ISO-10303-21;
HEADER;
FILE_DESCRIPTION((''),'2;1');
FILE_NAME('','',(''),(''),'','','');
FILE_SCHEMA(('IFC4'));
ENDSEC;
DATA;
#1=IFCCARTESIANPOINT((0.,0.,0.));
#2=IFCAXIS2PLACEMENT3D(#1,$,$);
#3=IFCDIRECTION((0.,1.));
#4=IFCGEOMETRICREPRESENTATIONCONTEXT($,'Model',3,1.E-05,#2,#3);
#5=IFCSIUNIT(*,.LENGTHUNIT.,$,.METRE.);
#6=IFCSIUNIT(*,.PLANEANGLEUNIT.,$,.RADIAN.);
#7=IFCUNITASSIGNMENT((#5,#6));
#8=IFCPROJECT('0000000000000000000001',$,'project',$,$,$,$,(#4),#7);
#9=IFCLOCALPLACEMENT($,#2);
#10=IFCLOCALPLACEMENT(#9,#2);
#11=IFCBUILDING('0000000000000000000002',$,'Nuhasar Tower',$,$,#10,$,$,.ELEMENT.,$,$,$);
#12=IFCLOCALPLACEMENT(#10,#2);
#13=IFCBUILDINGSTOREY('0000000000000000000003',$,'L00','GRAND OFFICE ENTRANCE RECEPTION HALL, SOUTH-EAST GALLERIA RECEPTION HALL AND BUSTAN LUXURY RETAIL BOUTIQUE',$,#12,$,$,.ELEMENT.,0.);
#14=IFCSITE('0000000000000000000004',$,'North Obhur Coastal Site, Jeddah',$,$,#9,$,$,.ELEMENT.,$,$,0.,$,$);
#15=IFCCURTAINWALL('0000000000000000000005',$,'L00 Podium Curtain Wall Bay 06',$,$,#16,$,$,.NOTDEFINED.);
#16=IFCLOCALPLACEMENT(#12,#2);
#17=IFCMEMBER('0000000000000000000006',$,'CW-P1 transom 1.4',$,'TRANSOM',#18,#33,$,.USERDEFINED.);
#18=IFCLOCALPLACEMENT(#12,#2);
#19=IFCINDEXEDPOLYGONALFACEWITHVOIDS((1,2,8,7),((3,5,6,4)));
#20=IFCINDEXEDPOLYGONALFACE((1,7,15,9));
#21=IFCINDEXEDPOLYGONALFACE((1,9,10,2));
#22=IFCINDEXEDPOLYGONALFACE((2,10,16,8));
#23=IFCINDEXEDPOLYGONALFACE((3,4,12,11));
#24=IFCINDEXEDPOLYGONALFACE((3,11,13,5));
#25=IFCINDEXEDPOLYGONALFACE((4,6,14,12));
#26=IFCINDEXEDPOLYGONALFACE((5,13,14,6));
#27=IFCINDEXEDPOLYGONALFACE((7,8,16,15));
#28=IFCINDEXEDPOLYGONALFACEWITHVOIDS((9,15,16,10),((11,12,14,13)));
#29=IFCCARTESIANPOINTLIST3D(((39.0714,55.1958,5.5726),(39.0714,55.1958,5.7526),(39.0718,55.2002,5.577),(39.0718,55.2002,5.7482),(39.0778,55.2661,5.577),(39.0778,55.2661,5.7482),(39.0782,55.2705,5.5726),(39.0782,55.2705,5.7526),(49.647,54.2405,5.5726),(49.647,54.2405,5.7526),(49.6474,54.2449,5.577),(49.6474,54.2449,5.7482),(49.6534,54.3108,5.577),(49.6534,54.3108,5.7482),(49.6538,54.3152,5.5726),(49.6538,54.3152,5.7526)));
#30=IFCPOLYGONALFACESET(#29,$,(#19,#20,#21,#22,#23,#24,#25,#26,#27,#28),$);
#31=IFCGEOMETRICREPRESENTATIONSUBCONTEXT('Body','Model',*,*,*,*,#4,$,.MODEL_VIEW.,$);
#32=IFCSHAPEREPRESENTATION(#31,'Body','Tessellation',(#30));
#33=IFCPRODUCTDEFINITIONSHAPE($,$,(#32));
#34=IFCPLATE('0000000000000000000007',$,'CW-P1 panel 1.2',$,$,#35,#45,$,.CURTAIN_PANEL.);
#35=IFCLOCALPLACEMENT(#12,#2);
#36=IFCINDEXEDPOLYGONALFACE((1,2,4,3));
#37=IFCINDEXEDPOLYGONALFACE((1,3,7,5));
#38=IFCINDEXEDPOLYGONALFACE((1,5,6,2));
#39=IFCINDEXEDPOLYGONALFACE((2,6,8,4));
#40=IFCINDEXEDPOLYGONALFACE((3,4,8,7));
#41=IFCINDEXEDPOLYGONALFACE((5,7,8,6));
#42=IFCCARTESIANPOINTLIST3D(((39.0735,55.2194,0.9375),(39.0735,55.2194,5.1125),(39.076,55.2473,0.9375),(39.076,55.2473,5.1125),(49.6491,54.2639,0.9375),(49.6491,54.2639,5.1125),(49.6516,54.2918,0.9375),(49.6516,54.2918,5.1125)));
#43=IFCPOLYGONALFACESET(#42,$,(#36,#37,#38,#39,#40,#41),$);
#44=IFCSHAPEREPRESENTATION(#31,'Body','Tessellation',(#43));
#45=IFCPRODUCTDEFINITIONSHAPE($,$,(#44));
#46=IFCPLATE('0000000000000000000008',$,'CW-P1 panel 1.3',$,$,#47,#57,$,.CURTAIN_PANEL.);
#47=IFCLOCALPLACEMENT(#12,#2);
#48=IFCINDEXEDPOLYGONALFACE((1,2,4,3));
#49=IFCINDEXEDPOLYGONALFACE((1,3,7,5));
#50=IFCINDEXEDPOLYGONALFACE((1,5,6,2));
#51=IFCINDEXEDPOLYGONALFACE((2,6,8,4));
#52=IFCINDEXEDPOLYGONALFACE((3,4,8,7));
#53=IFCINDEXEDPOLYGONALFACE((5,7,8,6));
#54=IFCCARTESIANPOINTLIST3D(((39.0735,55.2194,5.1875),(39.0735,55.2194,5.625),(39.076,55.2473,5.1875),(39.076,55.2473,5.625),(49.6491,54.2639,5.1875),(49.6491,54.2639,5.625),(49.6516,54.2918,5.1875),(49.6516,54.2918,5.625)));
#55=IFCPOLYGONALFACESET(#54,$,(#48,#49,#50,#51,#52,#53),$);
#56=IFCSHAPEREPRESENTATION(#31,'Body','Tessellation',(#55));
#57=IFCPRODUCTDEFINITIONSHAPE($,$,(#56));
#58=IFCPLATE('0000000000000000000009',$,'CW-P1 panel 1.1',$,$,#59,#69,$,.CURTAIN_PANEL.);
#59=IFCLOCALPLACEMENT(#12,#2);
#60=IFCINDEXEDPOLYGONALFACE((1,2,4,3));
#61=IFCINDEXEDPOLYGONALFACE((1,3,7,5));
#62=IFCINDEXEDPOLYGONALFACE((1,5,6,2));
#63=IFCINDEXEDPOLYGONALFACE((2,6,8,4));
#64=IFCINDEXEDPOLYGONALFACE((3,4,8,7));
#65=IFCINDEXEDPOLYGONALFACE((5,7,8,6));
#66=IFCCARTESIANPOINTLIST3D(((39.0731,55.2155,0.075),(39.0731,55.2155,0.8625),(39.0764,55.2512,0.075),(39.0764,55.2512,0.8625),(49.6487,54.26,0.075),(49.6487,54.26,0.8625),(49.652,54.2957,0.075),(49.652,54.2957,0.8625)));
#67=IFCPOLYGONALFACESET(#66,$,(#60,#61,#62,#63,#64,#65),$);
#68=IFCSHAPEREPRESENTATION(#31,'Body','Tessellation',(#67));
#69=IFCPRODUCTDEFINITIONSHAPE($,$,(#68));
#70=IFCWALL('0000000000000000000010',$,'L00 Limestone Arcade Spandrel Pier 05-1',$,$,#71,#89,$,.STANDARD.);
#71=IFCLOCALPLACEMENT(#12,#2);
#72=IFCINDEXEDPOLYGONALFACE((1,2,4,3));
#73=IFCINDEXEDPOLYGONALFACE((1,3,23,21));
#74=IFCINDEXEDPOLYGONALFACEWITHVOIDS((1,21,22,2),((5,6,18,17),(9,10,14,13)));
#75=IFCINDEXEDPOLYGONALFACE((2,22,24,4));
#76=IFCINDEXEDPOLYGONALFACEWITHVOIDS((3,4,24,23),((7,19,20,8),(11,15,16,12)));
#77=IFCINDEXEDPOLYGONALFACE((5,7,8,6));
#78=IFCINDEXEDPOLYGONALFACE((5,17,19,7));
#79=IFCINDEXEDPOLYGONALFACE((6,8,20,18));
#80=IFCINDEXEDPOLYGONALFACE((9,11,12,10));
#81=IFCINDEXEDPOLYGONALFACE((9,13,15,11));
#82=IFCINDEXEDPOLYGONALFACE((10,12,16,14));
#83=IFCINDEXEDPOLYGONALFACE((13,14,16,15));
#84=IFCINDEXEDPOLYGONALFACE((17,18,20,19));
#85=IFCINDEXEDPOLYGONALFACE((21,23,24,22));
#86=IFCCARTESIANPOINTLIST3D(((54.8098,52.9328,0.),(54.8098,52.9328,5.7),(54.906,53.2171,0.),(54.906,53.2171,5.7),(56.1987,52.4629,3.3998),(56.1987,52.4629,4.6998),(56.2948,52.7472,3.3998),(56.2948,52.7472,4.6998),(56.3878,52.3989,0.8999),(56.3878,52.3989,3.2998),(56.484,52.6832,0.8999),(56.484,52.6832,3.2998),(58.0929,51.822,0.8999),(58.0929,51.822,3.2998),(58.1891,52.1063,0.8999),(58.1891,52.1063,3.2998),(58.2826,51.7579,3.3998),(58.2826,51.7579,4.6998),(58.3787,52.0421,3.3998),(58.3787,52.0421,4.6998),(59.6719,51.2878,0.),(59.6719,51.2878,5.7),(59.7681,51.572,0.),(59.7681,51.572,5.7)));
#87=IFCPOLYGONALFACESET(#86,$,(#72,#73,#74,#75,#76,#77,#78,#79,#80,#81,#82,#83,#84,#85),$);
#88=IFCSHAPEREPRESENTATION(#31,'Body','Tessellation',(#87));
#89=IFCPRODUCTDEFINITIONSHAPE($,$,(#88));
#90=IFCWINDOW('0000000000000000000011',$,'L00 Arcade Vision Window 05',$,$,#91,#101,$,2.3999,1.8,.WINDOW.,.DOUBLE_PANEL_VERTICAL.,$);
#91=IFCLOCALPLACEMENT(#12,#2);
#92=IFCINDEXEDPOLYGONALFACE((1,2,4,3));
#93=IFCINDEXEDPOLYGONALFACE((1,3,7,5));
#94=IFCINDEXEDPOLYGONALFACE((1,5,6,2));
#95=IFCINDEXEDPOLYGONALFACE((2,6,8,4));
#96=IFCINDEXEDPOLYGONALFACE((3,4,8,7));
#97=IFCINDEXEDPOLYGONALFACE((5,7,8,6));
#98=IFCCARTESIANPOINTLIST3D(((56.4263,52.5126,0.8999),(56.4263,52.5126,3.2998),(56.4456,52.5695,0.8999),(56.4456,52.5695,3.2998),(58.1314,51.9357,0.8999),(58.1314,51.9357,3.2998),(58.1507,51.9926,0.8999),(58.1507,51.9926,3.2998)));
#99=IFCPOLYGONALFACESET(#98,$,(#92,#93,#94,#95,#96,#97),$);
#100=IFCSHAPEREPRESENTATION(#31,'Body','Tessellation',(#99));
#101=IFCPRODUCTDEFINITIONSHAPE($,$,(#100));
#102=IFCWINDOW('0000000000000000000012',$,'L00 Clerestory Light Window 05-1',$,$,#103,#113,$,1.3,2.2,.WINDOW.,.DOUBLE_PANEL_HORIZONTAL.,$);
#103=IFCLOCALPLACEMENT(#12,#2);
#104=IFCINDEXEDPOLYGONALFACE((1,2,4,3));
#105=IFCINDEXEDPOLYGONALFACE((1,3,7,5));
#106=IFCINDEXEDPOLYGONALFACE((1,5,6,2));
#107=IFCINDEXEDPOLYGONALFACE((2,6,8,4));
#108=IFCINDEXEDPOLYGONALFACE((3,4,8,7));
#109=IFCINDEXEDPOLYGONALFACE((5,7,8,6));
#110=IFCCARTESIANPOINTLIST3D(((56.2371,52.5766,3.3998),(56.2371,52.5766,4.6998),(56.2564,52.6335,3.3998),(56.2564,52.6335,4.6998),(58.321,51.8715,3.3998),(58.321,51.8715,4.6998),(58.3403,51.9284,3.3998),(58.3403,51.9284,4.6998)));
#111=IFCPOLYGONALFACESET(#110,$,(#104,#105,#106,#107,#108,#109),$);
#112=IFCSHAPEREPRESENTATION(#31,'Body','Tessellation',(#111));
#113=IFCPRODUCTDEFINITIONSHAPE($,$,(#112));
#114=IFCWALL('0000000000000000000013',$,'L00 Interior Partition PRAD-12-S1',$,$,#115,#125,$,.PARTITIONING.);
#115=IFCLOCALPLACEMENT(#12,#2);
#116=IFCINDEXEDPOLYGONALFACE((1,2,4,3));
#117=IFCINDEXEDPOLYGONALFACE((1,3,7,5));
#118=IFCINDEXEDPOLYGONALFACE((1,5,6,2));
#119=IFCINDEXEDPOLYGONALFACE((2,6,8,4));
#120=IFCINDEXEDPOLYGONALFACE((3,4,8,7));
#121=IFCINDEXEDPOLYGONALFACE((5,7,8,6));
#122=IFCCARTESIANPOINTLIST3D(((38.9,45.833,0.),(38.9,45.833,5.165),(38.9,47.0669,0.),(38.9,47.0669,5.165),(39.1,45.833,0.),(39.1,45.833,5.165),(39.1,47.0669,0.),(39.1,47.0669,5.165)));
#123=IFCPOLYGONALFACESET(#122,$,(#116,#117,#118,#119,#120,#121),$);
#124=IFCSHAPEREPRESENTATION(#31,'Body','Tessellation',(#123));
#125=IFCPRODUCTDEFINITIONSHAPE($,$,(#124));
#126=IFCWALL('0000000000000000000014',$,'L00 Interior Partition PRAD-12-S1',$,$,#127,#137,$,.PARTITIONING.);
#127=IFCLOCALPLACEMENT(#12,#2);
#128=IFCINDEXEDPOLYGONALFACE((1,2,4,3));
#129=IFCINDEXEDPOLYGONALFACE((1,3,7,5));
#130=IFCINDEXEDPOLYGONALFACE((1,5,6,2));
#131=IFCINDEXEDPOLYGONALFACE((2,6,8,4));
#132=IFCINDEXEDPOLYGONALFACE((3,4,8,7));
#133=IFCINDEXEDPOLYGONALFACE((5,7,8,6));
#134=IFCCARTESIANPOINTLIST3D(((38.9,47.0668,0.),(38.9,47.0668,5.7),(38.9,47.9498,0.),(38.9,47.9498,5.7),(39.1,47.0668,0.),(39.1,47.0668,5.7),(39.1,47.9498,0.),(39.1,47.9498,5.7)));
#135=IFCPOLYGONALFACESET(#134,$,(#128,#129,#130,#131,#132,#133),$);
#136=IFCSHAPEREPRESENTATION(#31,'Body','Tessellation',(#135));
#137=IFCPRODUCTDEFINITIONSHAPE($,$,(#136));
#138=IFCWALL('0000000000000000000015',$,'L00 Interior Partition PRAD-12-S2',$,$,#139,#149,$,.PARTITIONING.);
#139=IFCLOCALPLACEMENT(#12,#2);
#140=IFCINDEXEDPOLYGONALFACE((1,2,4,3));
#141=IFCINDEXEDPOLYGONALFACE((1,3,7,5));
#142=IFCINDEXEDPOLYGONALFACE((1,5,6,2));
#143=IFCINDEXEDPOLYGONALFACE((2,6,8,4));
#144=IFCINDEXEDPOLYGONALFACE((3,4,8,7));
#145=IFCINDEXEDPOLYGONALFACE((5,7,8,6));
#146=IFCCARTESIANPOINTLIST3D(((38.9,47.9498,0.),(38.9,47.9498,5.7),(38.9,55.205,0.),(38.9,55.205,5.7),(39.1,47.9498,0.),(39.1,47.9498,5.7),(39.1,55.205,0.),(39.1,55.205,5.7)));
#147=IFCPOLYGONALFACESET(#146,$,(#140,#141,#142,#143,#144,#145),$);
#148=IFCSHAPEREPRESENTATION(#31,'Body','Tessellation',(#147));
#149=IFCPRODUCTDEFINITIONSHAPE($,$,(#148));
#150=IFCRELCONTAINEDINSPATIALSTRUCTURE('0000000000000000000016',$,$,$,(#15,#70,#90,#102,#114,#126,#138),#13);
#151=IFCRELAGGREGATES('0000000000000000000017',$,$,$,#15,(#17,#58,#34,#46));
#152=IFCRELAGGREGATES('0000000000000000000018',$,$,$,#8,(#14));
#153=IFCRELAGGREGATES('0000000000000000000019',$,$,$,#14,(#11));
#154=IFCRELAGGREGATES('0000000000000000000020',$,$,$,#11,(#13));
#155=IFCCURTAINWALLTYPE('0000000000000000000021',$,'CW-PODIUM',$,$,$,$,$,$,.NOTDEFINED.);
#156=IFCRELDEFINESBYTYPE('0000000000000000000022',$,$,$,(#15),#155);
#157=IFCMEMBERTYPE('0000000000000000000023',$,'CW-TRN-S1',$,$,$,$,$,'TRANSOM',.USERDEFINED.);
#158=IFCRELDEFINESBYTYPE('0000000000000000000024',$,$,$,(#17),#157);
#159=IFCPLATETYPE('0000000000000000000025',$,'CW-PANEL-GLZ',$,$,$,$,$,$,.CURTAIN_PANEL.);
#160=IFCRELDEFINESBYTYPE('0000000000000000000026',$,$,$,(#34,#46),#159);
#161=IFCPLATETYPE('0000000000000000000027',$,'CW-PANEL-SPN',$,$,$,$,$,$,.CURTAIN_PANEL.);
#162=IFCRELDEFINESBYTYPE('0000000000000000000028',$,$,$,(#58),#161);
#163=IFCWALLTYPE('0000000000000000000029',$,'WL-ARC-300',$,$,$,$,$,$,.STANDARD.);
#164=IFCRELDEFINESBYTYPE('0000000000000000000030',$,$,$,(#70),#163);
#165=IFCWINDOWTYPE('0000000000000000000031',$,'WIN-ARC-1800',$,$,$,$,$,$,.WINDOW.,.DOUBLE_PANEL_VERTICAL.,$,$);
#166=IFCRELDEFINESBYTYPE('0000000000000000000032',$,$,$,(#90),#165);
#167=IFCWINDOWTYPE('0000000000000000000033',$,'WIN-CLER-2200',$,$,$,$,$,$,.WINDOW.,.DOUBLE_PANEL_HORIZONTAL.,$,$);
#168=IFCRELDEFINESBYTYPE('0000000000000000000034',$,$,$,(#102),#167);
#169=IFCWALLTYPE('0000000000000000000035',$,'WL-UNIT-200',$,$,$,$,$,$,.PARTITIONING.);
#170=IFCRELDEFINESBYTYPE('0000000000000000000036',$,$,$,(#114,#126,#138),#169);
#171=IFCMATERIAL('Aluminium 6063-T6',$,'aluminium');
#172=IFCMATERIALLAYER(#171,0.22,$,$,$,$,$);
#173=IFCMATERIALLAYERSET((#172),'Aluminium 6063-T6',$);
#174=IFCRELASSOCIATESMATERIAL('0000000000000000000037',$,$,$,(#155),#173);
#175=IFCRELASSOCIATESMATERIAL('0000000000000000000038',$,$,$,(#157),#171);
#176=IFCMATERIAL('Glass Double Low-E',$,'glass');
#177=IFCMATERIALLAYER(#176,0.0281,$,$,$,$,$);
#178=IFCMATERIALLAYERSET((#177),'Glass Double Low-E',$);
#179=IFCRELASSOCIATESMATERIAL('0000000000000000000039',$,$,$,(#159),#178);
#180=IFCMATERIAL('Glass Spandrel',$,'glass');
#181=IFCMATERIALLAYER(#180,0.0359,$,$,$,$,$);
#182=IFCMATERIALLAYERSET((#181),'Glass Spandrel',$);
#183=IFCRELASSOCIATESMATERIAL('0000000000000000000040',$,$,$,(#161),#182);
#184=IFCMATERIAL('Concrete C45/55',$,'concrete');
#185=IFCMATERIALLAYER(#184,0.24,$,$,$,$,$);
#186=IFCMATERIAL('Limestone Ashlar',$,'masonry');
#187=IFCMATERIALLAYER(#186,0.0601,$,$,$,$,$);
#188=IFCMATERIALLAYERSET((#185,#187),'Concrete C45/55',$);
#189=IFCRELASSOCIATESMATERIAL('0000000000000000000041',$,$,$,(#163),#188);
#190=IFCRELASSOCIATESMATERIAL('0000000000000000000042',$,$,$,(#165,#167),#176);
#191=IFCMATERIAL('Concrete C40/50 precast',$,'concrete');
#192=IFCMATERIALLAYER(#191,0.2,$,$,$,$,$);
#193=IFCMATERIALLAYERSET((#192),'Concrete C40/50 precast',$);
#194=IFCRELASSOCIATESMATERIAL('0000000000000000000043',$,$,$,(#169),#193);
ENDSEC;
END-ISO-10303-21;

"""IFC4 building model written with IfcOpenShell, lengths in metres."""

from ifc_helpers import new_model, si_unit, direction, frame, frame_2d, origin, origin_2d, place, context, subcontext, project, spatial, rectangle, hollow_rectangle, extrude, material, layer, layer_set, material_profile, profile_set, type_object, element, fill, aggregate, save


model = new_model("IFC4")

# Units and contexts
model_context = context("Model", 3, precision=1e-05, world=origin(), true_north=direction((0.0, 1.0)))
body_context = subcontext(model_context, "Body", "Model", "MODEL_VIEW")
ifc_project = project(units=[si_unit("LENGTHUNIT", "METRE"), si_unit("PLANEANGLEUNIT", "RADIAN")], contexts=[model_context])

# Site, building, storey
site_placement = place(None, origin())
site = spatial("IfcSite", under=ifc_project, at=site_placement, Name="North Obhur Coastal Site, Jeddah", CompositionType="ELEMENT", RefElevation=0.0)
building_placement = place(site_placement, origin())
building = spatial("IfcBuilding", under=site, at=building_placement, Name="Nuhasar Tower", CompositionType="ELEMENT")
storey_placement = place(building_placement, origin())
storey = spatial("IfcBuildingStorey", under=building, at=storey_placement, Name="L00", Description="GRAND OFFICE ENTRANCE RECEPTION HALL, SOUTH-EAST GALLERIA RECEPTION HALL AND BUSTAN LUXURY RETAIL BOUTIQUE", CompositionType="ELEMENT", Elevation=0.0)

# Curtain wall, member, plates
ifc_material_1 = material(Name="Aluminium 6063-T6", Category="aluminium")
ifc_layer_1 = layer(ifc_material_1, 0.22)
ifc_layer_set_1 = layer_set([ifc_layer_1], Name="Aluminium 6063-T6")
curtain_wall_type = type_object("IfcCurtainWallType", Name="CW-PODIUM", PredefinedType="NOTDEFINED", material=ifc_layer_set_1)
curtain_wall_placement = place(storey_placement, origin())
curtain_wall = element("IfcCurtainWall", 1, at=curtain_wall_placement, inside=storey, type_object=curtain_wall_type, Name="L00 Podium Curtain Wall Bay 06", PredefinedType="NOTDEFINED")
ifc_material_profile_1 = material_profile(ifc_material_1, hollow_rectangle(XDim=0.075, YDim=0.1799, WallThickness=0.0044, at=origin_2d()), Name="CWT-1")
ifc_profile_set_1 = profile_set([ifc_material_profile_1], Name="Aluminium 6063-T6")
member_type_1 = type_object("IfcMemberType", Name="CW-TRN-S1", ElementType="TRANSOM", PredefinedType="USERDEFINED", material=ifc_profile_set_1)
member_1_placement = place(storey_placement, frame((49.6504, 54.2778, 5.6626), z_axis=(-0.995945, 0.089966, 0.0), x_axis=(-0.089966, -0.995945, 0.0)))
member_1 = element("IfcMember", 2, at=member_1_placement, type_object=member_type_1, Name="CW-P1 transom 1.4", ObjectType="TRANSOM", PredefinedType="USERDEFINED", context=body_context, shape_type="SweptSolid", body=[
    extrude(hollow_rectangle(XDim=0.075, YDim=0.1799, WallThickness=0.0044, at=origin_2d()), origin(), (0.0, 0.0, 1.0), 10.6187),
])
ifc_material_2 = material(Name="Glass Double Low-E", Category="glass")
ifc_layer_2 = layer(ifc_material_2, 0.0281)
ifc_layer_set_2 = layer_set([ifc_layer_2], Name="Glass Double Low-E")
plate_type_1 = type_object("IfcPlateType", Name="CW-PANEL-GLZ", PredefinedType="CURTAIN_PANEL", material=ifc_layer_set_2)
plate_1_placement = place(storey_placement, frame((44.3625, 54.7556, 0.9375), z_axis=(0.0, 0.0, 1.0), x_axis=(-0.995943, 0.089983, 0.0)))
plate_1 = element("IfcPlate", 3, at=plate_1_placement, type_object=plate_type_1, Name="CW-P1 panel 1.2", PredefinedType="CURTAIN_PANEL", context=body_context, shape_type="SweptSolid", body=[
    extrude(rectangle(XDim=10.6187, YDim=0.0281, at=origin_2d()), origin(), (0.0, 0.0, 1.0), 4.175),
])
plate_2_placement = place(storey_placement, frame((44.3625, 54.7556, 5.1875), z_axis=(0.0, 0.0, 1.0), x_axis=(-0.995943, 0.089983, 0.0)))
plate_2 = element("IfcPlate", 4, at=plate_2_placement, type_object=plate_type_1, Name="CW-P1 panel 1.3", PredefinedType="CURTAIN_PANEL", context=body_context, shape_type="SweptSolid", body=[
    extrude(rectangle(XDim=10.6187, YDim=0.0281, at=origin_2d()), origin(), (0.0, 0.0, 1.0), 0.4375),
])
ifc_material_3 = material(Name="Glass Spandrel", Category="glass")
ifc_layer_3 = layer(ifc_material_3, 0.0359)
ifc_layer_set_3 = layer_set([ifc_layer_3], Name="Glass Spandrel")
plate_type_2 = type_object("IfcPlateType", Name="CW-PANEL-SPN", PredefinedType="CURTAIN_PANEL", material=ifc_layer_set_3)
plate_3_placement = place(storey_placement, frame((44.3625, 54.7556, 0.075), z_axis=(0.0, 0.0, 1.0), x_axis=(-0.995943, 0.089983, 0.0)))
plate_3 = element("IfcPlate", 5, at=plate_3_placement, type_object=plate_type_2, Name="CW-P1 panel 1.1", PredefinedType="CURTAIN_PANEL", context=body_context, shape_type="SweptSolid", body=[
    extrude(rectangle(XDim=10.6187, YDim=0.0359, at=origin_2d()), origin(), (0.0, 0.0, 1.0), 0.7876),
])
aggregate(curtain_wall, [member_1, plate_3, plate_1, plate_2])

# Wall, openings, windows
ifc_material_4 = material(Name="Concrete C45/55", Category="concrete")
ifc_layer_4 = layer(ifc_material_4, 0.24)
ifc_material_5 = material(Name="Limestone Ashlar", Category="masonry")
ifc_layer_5 = layer(ifc_material_5, 0.0601)
ifc_layer_set_4 = layer_set([ifc_layer_4, ifc_layer_5], Name="Concrete C45/55")
wall_type_1 = type_object("IfcWallType", Name="WL-ARC-300", PredefinedType="STANDARD", material=ifc_layer_set_4)
wall_1_placement = place(storey_placement, frame((54.8579, 53.075, 0.0), z_axis=(0.0, 0.0, 1.0), x_axis=(0.947252, -0.320491, 0.0)))
wall_1 = element("IfcWall", 6, at=wall_1_placement, inside=storey, type_object=wall_type_1, Name="L00 Limestone Arcade Spandrel Pier 05-1", PredefinedType="STANDARD", context=body_context, shape_type="SweptSolid", body=[
    extrude(rectangle(XDim=5.1328, YDim=0.3, at=frame_2d((2.5664, 0.0))), origin(), (0.0, 0.0, 1.0), 5.7),
])
opening_1_placement = place(wall_1_placement, frame((1.666, 0.0, 0.8999)))
opening_1 = element("IfcOpeningElement", 7, at=opening_1_placement, cuts=wall_1, PredefinedType="OPENING", context=body_context, shape_type="SweptSolid", body=[
    extrude(rectangle(XDim=1.8, YDim=2.3999, at=frame_2d((0.8999, 1.2))), frame((0.0, 0.1602, 0.0), z_axis=(0.0, -1.0, 0.0), x_axis=(1.0, 0.0, 0.0)), (0.0, 0.0, 1.0), 0.3201),
])
opening_2_placement = place(wall_1_placement, frame((1.4661, 0.0, 3.3999)))
opening_2 = element("IfcOpeningElement", 8, at=opening_2_placement, cuts=wall_1, PredefinedType="OPENING", context=body_context, shape_type="SweptSolid", body=[
    extrude(rectangle(XDim=2.2, YDim=1.3, at=frame_2d((1.1001, 0.6499))), frame((0.0, 0.1602, 0.0), z_axis=(0.0, -1.0, 0.0), x_axis=(1.0, 0.0, 0.0)), (0.0, 0.0, 1.0), 0.3201),
])
window_type_1 = type_object("IfcWindowType", Name="WIN-ARC-1800", PartitioningType="DOUBLE_PANEL_VERTICAL", PredefinedType="WINDOW", material=ifc_material_2)
window_1_placement = place(opening_1_placement, origin())
window_1 = element("IfcWindow", 9, at=window_1_placement, inside=storey, type_object=window_type_1, Name="L00 Arcade Vision Window 05", OverallHeight=2.3999, OverallWidth=1.8, PartitioningType="DOUBLE_PANEL_VERTICAL", PredefinedType="WINDOW", context=body_context, shape_type="SweptSolid", body=[
    extrude(rectangle(XDim=1.8, YDim=2.3999, at=frame_2d((0.8999, 1.2))), frame((0.0, 0.03, 0.0), z_axis=(0.0, -1.0, 0.0), x_axis=(1.0, 0.0, 0.0)), (0.0, 0.0, 1.0), 0.0601),
])
fill(opening_1, window_1)
window_type_2 = type_object("IfcWindowType", Name="WIN-CLER-2200", PartitioningType="DOUBLE_PANEL_HORIZONTAL", PredefinedType="WINDOW", material=ifc_material_2)
window_2_placement = place(opening_2_placement, origin())
window_2 = element("IfcWindow", 10, at=window_2_placement, inside=storey, type_object=window_type_2, Name="L00 Clerestory Light Window 05-1", OverallHeight=1.3, OverallWidth=2.2, PartitioningType="DOUBLE_PANEL_HORIZONTAL", PredefinedType="WINDOW", context=body_context, shape_type="SweptSolid", body=[
    extrude(rectangle(XDim=2.2, YDim=1.3, at=frame_2d((1.1001, 0.6499))), frame((0.0, 0.03, 0.0), z_axis=(0.0, -1.0, 0.0), x_axis=(1.0, 0.0, 0.0)), (0.0, 0.0, 1.0), 0.0601),
])
fill(opening_2, window_2)

# Walls
ifc_material_6 = material(Name="Concrete C40/50 precast", Category="concrete")
ifc_layer_6 = layer(ifc_material_6, 0.2)
ifc_layer_set_5 = layer_set([ifc_layer_6], Name="Concrete C40/50 precast")
wall_type_2 = type_object("IfcWallType", Name="WL-UNIT-200", PredefinedType="PARTITIONING", material=ifc_layer_set_5)
wall_2_placement = place(storey_placement, frame((39.0, 45.833, 0.0), z_axis=(0.0, 0.0, 1.0), x_axis=(0.0, 1.0, 0.0)))
element("IfcWall", 11, at=wall_2_placement, inside=storey, type_object=wall_type_2, Name="L00 Interior Partition PRAD-12-S1", PredefinedType="PARTITIONING", context=body_context, shape_type="SweptSolid", body=[
    extrude(rectangle(XDim=1.2339, YDim=0.2, at=frame_2d((0.6169, 0.0))), origin(), (0.0, 0.0, 1.0), 5.165),
])
wall_3_placement = place(storey_placement, frame((39.0, 47.0669, 0.0), z_axis=(0.0, 0.0, 1.0), x_axis=(0.0, 1.0, 0.0)))
element("IfcWall", 12, at=wall_3_placement, inside=storey, type_object=wall_type_2, Name="L00 Interior Partition PRAD-12-S1", PredefinedType="PARTITIONING", context=body_context, shape_type="SweptSolid", body=[
    extrude(rectangle(XDim=0.8831, YDim=0.2, at=frame_2d((0.4414, 0.0))), origin(), (0.0, 0.0, 1.0), 5.7),
])
wall_4_placement = place(storey_placement, frame((39.0, 47.95, 0.0), z_axis=(0.0, 0.0, 1.0), x_axis=(0.0, 1.0, 0.0)))
element("IfcWall", 13, at=wall_4_placement, inside=storey, type_object=wall_type_2, Name="L00 Interior Partition PRAD-12-S2", PredefinedType="PARTITIONING", context=body_context, shape_type="SweptSolid", body=[
    extrude(rectangle(XDim=7.2551, YDim=0.2, at=frame_2d((3.6274, 0.0))), origin(), (0.0, 0.0, 1.0), 5.7),
])

save(model, "model.ifc")
